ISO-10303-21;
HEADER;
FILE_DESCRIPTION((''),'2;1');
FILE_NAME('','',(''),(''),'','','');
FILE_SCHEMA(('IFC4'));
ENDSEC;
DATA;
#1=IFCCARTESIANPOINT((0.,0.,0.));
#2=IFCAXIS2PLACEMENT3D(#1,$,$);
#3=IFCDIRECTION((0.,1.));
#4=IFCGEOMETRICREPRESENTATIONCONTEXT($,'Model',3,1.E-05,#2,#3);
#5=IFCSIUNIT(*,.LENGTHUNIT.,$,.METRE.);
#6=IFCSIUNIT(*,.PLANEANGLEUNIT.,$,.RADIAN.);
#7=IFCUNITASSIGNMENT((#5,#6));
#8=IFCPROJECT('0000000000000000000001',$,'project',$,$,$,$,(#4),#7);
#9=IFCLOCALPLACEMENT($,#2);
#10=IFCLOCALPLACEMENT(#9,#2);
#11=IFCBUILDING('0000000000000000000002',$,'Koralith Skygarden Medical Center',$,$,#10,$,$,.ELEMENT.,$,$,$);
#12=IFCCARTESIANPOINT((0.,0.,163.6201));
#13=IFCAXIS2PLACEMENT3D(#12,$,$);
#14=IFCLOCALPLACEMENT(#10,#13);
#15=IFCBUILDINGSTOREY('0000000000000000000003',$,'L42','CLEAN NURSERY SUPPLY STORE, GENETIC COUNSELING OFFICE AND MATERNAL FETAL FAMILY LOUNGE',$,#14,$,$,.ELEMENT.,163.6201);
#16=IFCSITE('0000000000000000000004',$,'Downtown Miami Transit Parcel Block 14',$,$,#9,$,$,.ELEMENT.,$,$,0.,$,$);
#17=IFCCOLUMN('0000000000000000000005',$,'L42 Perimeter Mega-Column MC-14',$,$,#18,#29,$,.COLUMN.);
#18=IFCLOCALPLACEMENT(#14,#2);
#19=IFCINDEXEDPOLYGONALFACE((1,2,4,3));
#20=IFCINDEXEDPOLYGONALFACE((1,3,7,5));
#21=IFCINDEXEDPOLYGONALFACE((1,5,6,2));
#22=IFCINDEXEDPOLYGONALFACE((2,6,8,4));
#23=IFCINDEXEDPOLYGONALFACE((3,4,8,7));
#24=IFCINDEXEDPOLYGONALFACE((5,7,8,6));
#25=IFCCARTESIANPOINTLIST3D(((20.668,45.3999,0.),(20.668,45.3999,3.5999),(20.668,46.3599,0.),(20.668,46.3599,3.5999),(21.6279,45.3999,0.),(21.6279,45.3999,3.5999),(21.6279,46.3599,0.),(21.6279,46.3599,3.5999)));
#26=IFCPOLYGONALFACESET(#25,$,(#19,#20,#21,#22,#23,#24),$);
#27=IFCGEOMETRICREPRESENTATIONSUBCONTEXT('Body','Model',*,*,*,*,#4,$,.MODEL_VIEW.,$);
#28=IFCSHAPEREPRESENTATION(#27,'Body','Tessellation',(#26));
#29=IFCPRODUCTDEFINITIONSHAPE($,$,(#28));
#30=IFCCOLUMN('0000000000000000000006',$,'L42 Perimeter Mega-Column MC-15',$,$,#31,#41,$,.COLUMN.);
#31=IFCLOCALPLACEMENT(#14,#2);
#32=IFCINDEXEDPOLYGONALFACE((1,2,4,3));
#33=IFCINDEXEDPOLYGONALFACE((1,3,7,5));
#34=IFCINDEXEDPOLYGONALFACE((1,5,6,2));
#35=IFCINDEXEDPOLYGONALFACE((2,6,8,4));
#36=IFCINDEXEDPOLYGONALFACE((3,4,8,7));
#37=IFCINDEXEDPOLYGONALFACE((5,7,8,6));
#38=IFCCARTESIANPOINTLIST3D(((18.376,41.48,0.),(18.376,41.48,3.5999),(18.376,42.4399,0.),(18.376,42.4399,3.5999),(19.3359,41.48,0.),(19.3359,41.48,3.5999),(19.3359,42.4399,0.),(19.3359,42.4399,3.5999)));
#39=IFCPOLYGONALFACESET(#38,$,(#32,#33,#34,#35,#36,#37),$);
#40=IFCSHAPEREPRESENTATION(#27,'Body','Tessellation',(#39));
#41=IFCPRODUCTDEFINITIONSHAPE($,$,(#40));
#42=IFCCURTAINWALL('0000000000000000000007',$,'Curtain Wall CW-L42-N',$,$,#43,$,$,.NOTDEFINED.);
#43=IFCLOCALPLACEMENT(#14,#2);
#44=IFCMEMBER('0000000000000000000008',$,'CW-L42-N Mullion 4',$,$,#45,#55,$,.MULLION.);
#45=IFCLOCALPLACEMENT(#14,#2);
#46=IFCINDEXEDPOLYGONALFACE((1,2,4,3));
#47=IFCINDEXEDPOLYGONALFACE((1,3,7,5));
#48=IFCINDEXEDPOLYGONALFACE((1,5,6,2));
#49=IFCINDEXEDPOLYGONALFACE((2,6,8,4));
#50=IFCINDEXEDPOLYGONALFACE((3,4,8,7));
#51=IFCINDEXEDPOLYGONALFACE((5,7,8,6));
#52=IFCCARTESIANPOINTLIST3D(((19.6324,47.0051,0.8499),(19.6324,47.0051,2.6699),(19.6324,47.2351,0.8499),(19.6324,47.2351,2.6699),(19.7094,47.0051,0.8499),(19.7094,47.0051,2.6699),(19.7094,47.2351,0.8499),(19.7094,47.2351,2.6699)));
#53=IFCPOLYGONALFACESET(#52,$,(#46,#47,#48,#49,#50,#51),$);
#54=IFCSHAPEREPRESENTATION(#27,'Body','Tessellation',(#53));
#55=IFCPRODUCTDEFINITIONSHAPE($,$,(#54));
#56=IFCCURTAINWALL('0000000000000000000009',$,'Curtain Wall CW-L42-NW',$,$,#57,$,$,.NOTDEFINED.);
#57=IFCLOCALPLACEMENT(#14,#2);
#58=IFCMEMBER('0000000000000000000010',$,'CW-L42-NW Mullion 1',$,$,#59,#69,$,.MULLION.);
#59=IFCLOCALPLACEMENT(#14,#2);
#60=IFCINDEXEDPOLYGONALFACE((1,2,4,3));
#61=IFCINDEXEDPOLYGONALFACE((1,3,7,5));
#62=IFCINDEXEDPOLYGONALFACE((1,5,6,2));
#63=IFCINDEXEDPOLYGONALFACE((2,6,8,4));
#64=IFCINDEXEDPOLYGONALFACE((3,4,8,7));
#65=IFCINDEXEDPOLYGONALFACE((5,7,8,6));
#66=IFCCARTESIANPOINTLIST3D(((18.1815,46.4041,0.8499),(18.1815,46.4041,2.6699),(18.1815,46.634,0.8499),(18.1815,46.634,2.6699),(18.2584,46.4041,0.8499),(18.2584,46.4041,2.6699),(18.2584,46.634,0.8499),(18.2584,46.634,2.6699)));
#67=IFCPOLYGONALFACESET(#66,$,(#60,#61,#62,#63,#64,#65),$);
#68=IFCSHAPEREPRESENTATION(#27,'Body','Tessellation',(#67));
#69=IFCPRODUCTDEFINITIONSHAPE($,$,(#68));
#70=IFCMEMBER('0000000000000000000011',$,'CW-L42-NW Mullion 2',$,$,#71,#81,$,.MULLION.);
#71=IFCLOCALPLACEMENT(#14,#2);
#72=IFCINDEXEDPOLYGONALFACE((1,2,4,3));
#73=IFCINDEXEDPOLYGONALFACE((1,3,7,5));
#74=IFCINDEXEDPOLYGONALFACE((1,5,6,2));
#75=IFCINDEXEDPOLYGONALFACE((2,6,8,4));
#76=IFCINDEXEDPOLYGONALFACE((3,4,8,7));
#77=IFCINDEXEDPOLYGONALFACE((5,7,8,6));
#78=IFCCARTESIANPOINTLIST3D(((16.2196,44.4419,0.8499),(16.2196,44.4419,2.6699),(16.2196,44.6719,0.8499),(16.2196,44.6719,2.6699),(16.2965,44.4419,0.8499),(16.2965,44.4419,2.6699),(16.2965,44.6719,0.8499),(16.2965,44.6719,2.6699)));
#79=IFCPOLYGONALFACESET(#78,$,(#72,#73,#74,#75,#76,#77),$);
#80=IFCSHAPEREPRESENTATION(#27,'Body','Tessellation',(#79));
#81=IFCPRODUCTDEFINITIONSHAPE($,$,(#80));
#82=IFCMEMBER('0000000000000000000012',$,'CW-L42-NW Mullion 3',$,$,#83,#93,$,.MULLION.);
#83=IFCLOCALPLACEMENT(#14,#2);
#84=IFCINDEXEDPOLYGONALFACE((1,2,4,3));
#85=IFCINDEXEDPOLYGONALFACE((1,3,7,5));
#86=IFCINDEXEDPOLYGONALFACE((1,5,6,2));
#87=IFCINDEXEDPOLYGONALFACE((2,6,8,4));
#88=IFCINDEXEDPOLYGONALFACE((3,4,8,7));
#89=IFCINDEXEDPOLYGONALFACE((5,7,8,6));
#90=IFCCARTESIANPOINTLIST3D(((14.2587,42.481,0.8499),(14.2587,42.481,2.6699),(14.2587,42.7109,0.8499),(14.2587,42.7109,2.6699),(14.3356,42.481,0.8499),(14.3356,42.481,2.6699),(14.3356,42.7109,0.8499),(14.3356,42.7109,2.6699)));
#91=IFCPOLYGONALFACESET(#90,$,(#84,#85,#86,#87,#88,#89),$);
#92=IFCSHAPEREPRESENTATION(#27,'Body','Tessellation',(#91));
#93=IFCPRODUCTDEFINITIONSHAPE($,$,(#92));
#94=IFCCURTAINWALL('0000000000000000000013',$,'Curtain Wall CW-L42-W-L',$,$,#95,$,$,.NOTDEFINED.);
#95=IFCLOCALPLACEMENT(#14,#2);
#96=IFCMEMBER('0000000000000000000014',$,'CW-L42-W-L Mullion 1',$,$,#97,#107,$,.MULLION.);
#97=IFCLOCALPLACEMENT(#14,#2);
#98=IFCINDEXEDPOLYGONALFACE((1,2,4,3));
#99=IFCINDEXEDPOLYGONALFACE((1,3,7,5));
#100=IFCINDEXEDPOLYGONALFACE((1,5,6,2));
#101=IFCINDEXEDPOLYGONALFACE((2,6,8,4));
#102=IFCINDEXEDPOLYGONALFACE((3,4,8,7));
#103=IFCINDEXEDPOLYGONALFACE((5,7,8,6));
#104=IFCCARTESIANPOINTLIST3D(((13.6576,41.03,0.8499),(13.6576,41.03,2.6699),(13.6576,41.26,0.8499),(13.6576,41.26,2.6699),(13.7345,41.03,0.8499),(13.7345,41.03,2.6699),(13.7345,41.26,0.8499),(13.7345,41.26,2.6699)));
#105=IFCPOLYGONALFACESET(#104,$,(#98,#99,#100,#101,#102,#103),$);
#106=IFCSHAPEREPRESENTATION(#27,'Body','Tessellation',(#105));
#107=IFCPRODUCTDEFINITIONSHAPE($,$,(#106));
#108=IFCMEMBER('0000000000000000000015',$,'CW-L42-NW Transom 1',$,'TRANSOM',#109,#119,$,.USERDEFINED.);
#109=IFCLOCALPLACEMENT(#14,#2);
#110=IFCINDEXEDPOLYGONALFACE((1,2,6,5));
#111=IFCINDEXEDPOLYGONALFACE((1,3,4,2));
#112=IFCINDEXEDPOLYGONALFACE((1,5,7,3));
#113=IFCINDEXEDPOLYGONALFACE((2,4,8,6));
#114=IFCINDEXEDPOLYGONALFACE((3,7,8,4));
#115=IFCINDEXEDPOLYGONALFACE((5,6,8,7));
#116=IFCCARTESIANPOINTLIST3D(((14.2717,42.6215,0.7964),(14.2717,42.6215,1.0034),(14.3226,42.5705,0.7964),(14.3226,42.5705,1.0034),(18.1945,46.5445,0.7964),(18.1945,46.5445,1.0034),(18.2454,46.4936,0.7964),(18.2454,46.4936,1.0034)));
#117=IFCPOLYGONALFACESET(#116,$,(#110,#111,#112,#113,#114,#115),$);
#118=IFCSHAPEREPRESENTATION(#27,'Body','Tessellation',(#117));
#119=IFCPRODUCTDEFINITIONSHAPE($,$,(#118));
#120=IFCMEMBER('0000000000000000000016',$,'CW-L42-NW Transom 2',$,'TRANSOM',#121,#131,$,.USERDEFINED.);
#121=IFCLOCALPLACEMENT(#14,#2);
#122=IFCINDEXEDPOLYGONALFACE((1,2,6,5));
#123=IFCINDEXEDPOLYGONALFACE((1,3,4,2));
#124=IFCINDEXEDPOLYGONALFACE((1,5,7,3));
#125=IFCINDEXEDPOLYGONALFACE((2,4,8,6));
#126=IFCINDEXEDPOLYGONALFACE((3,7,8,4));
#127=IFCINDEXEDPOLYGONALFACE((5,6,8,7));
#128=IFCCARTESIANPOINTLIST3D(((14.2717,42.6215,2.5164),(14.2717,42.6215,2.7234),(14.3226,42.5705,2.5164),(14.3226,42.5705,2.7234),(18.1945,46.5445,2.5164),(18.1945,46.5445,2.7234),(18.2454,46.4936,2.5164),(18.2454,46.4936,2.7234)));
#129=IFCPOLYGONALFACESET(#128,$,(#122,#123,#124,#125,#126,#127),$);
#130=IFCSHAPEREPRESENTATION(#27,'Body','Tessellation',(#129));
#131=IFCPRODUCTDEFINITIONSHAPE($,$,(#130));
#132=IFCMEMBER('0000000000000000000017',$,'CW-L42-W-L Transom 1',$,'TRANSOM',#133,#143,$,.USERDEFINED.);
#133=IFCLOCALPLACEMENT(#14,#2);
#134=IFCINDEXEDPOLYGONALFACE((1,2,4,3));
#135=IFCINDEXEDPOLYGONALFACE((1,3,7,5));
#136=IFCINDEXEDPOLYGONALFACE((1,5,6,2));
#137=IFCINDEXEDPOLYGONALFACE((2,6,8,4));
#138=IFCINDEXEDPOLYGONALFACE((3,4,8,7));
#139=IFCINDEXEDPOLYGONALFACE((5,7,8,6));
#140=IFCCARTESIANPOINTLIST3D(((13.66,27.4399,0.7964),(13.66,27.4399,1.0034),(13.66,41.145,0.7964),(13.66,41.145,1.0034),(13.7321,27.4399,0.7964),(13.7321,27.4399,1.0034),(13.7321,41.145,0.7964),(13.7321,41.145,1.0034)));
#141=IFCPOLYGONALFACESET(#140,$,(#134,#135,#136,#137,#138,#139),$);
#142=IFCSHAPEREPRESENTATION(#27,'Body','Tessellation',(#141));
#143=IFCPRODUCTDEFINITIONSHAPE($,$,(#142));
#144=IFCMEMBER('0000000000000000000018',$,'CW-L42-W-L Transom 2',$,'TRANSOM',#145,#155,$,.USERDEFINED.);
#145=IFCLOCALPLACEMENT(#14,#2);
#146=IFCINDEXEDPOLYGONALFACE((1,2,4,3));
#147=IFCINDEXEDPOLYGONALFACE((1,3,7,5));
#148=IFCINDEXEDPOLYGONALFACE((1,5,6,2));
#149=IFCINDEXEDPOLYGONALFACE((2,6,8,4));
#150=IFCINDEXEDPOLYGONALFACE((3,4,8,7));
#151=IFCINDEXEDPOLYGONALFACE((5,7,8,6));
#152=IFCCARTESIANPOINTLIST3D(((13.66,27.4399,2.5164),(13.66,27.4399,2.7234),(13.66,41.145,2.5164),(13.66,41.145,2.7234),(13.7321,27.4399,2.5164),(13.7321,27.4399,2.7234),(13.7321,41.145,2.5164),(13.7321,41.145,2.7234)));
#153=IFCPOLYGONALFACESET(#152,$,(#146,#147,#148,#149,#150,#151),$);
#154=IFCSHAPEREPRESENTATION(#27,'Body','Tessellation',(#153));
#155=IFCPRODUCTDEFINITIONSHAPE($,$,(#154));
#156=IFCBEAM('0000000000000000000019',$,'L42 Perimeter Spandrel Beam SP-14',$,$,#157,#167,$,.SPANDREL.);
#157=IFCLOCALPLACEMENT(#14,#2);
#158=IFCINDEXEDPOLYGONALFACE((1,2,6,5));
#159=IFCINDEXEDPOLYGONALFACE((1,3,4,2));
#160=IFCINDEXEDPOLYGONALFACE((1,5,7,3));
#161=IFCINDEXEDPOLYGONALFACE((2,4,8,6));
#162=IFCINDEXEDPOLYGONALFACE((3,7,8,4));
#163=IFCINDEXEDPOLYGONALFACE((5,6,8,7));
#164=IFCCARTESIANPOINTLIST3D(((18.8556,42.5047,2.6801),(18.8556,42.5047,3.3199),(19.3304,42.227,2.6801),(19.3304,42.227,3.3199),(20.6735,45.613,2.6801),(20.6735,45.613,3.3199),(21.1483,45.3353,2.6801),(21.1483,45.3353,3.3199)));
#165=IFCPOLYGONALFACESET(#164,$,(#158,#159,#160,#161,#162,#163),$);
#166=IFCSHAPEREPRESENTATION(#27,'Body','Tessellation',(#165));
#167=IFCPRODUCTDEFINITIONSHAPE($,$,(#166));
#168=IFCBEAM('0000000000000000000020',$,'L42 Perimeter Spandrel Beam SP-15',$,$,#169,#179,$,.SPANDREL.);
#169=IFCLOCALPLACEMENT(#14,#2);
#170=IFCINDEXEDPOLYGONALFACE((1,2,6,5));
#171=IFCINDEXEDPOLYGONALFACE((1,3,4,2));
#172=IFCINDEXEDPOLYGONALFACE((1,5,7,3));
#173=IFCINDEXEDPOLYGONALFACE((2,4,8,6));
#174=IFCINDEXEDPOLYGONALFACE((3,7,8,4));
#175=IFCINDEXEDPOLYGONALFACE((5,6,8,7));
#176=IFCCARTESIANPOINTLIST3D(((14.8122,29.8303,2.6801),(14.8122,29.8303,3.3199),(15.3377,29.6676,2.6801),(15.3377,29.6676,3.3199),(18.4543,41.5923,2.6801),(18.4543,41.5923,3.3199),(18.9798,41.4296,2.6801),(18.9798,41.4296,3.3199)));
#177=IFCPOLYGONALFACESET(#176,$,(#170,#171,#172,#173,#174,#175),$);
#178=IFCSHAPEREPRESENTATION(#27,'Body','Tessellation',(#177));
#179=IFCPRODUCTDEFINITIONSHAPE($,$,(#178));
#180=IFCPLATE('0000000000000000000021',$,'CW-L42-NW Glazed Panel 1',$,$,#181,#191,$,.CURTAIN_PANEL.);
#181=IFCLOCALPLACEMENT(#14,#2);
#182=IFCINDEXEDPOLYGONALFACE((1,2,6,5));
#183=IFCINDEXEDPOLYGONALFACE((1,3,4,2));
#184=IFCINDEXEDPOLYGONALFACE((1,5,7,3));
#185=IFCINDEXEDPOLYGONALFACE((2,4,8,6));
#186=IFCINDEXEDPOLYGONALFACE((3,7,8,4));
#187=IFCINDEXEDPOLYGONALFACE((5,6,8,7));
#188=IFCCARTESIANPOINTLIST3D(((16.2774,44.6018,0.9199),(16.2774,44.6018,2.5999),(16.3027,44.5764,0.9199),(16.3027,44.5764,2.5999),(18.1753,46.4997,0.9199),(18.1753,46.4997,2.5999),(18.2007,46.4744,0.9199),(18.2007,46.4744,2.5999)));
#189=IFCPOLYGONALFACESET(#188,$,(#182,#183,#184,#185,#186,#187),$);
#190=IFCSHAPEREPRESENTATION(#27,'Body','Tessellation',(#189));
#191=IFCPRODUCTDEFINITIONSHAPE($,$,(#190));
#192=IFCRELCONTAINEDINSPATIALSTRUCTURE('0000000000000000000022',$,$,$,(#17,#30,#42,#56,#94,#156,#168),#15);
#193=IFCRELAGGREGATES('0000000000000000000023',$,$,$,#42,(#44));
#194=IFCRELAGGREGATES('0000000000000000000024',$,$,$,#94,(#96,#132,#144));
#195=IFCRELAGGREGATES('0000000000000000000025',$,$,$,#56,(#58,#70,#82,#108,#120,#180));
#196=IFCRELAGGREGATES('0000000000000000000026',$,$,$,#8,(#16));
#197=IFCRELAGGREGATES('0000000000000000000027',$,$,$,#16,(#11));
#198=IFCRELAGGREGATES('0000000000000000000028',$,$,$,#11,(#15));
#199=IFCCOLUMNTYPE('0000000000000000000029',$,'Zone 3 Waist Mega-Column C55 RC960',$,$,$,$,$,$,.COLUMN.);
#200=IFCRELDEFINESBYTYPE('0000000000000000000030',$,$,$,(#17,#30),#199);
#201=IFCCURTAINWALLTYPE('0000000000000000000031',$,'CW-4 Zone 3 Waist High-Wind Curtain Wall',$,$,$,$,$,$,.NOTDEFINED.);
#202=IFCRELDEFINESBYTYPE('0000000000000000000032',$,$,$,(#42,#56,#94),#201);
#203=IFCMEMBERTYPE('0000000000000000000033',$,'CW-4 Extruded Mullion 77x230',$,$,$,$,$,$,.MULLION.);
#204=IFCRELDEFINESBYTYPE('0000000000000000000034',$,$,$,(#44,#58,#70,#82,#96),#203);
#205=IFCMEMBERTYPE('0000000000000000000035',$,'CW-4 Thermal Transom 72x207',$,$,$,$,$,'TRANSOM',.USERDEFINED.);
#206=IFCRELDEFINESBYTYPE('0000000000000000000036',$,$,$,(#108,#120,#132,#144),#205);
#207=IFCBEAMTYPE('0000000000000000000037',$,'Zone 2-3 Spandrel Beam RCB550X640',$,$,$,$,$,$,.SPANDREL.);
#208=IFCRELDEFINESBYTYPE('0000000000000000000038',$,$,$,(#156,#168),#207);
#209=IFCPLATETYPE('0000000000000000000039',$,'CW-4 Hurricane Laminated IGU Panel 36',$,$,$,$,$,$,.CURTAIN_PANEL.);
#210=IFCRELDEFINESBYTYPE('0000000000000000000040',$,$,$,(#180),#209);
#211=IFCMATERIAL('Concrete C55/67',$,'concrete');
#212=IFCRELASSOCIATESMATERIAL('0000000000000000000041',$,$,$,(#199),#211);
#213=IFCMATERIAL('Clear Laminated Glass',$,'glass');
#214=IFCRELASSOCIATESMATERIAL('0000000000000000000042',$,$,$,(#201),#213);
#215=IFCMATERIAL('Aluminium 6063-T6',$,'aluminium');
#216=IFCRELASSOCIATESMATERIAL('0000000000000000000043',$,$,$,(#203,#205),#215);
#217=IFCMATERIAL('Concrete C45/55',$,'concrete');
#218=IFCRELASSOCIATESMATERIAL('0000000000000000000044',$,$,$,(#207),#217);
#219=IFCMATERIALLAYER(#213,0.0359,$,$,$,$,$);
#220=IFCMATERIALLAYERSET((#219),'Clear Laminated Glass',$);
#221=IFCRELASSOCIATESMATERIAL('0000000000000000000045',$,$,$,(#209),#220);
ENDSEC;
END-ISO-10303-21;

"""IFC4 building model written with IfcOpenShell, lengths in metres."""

from ifc_helpers import new_model, si_unit, direction, frame, origin, origin_2d, place, context, subcontext, project, spatial, rectangle, extrude, material, layer, layer_set, material_profile, profile_set, type_object, element, aggregate, save


model = new_model("IFC4")

# Units and contexts
model_context = context("Model", 3, precision=1e-05, world=origin(), true_north=direction((0.0, 1.0)))
body_context = subcontext(model_context, "Body", "Model", "MODEL_VIEW")
ifc_project = project(units=[si_unit("LENGTHUNIT", "METRE"), si_unit("PLANEANGLEUNIT", "RADIAN")], contexts=[model_context])

# Site, building, storey
site_placement = place(None, origin())
site = spatial("IfcSite", under=ifc_project, at=site_placement, Name="Downtown Miami Transit Parcel Block 14", CompositionType="ELEMENT", RefElevation=0.0)
building_placement = place(site_placement, origin())
building = spatial("IfcBuilding", under=site, at=building_placement, Name="Koralith Skygarden Medical Center", CompositionType="ELEMENT")
storey_placement = place(building_placement, frame((0.0, 0.0, 163.6201)))
storey = spatial("IfcBuildingStorey", under=building, at=storey_placement, Name="L42", Description="CLEAN NURSERY SUPPLY STORE, GENETIC COUNSELING OFFICE AND MATERNAL FETAL FAMILY LOUNGE", CompositionType="ELEMENT", Elevation=163.6201)

# Columns
ifc_material_1 = material(Name="Concrete C55/67", Category="concrete")
ifc_material_profile_1 = material_profile(ifc_material_1, rectangle(XDim=0.96, YDim=0.96, at=origin_2d()), Name="RC960X960")
ifc_profile_set_1 = profile_set([ifc_material_profile_1], Name="Concrete C55/67")
column_type = type_object("IfcColumnType", Name="Zone 3 Waist Mega-Column C55 RC960", PredefinedType="COLUMN", material=ifc_profile_set_1)
for number, where, z_axis, x_axis, name in (
    (1, (21.1479, 45.8799, 0.0), (0.0, 0.0, 1.0), (1.0, 0.0, 0.0), "L42 Perimeter Mega-Column MC-14"),
    (2, (18.856, 41.96, 0.0), (0.0, 0.0, 1.0), (1.0, 0.0, 0.0), "L42 Perimeter Mega-Column MC-15"),
):
    element("IfcColumn", number, at=place(storey_placement, frame(where, z_axis=z_axis, x_axis=x_axis)), inside=storey, type_object=column_type, Name=name, PredefinedType="COLUMN", context=body_context, shape_type="SweptSolid", body=[
        extrude(rectangle(XDim=0.96, YDim=0.96, at=origin_2d()), origin(), (0.0, 0.0, 1.0), 3.5999),
    ])

# Curtain wall, member
ifc_material_2 = material(Name="Clear Laminated Glass", Category="glass")
curtain_wall_type = type_object("IfcCurtainWallType", Name="CW-4 Zone 3 Waist High-Wind Curtain Wall", PredefinedType="NOTDEFINED", material=ifc_material_2)
curtain_wall_1_placement = place(storey_placement, origin())
curtain_wall_1 = element("IfcCurtainWall", 3, at=curtain_wall_1_placement, inside=storey, type_object=curtain_wall_type, Name="Curtain Wall CW-L42-N", PredefinedType="NOTDEFINED")
ifc_material_3 = material(Name="Aluminium 6063-T6", Category="aluminium")
ifc_material_profile_2 = material_profile(ifc_material_3, rectangle(XDim=0.0769, YDim=0.23, at=origin_2d()), Name="MUL77X230")
ifc_profile_set_2 = profile_set([ifc_material_profile_2], Name="Aluminium 6063-T6")
member_type_1 = type_object("IfcMemberType", Name="CW-4 Extruded Mullion 77x230", PredefinedType="MULLION", material=ifc_profile_set_2)
member_1_placement = place(storey_placement, frame((19.6709, 47.1201, 0.8499), z_axis=(0.0, 0.0, 1.0), x_axis=(1.0, 0.0, 0.0)))
member_1 = element("IfcMember", 4, at=member_1_placement, type_object=member_type_1, Name="CW-L42-N Mullion 4", PredefinedType="MULLION", context=body_context, shape_type="SweptSolid", body=[
    extrude(rectangle(XDim=0.0769, YDim=0.23, at=origin_2d()), origin(), (0.0, 0.0, 1.0), 1.8201),
])
aggregate(curtain_wall_1, [member_1])

# Curtain wall, members
curtain_wall_2_placement = place(storey_placement, origin())
curtain_wall_2 = element("IfcCurtainWall", 5, at=curtain_wall_2_placement, inside=storey, type_object=curtain_wall_type, Name="Curtain Wall CW-L42-NW", PredefinedType="NOTDEFINED")
member_2_placement = place(storey_placement, frame((18.22, 46.519, 0.8499), z_axis=(0.0, 0.0, 1.0), x_axis=(1.0, 0.0, 0.0)))
member_2 = element("IfcMember", 6, at=member_2_placement, type_object=member_type_1, Name="CW-L42-NW Mullion 1", PredefinedType="MULLION", context=body_context, shape_type="SweptSolid", body=[
    extrude(rectangle(XDim=0.0769, YDim=0.23, at=origin_2d()), origin(), (0.0, 0.0, 1.0), 1.8201),
])
member_3_placement = place(storey_placement, frame((16.2581, 44.5569, 0.8499), z_axis=(0.0, 0.0, 1.0), x_axis=(1.0, 0.0, 0.0)))
member_3 = element("IfcMember", 7, at=member_3_placement, type_object=member_type_1, Name="CW-L42-NW Mullion 2", PredefinedType="MULLION", context=body_context, shape_type="SweptSolid", body=[
    extrude(rectangle(XDim=0.0769, YDim=0.23, at=origin_2d()), origin(), (0.0, 0.0, 1.0), 1.8201),
])
member_4_placement = place(storey_placement, frame((14.2971, 42.5959, 0.8499), z_axis=(0.0, 0.0, 1.0), x_axis=(1.0, 0.0, 0.0)))
member_4 = element("IfcMember", 8, at=member_4_placement, type_object=member_type_1, Name="CW-L42-NW Mullion 3", PredefinedType="MULLION", context=body_context, shape_type="SweptSolid", body=[
    extrude(rectangle(XDim=0.0769, YDim=0.23, at=origin_2d()), origin(), (0.0, 0.0, 1.0), 1.8201),
])

# Curtain wall, member
curtain_wall_3_placement = place(storey_placement, origin())
curtain_wall_3 = element("IfcCurtainWall", 9, at=curtain_wall_3_placement, inside=storey, type_object=curtain_wall_type, Name="Curtain Wall CW-L42-W-L", PredefinedType="NOTDEFINED")
member_5_placement = place(storey_placement, frame((13.696, 41.145, 0.8499), z_axis=(0.0, 0.0, 1.0), x_axis=(1.0, 0.0, 0.0)))
member_5 = element("IfcMember", 10, at=member_5_placement, type_object=member_type_1, Name="CW-L42-W-L Mullion 1", PredefinedType="MULLION", context=body_context, shape_type="SweptSolid", body=[
    extrude(rectangle(XDim=0.0769, YDim=0.23, at=origin_2d()), origin(), (0.0, 0.0, 1.0), 1.8201),
])

# Members
ifc_material_profile_3 = material_profile(ifc_material_3, rectangle(XDim=0.072, YDim=0.207, at=origin_2d()), Name="TRN72X207")
ifc_profile_set_3 = profile_set([ifc_material_profile_3], Name="Aluminium 6063-T6")
member_type_2 = type_object("IfcMemberType", Name="CW-4 Thermal Transom 72x207", ElementType="TRANSOM", PredefinedType="USERDEFINED", material=ifc_profile_set_3)
member_6_placement = place(storey_placement, frame((18.22, 46.519, 0.8999), z_axis=(-0.707085, -0.707129, 0.0), x_axis=(0.707129, -0.707085, 0.0)))
member_6 = element("IfcMember", 11, at=member_6_placement, type_object=member_type_2, Name="CW-L42-NW Transom 1", ObjectType="TRANSOM", PredefinedType="USERDEFINED", context=body_context, shape_type="SweptSolid", body=[
    extrude(rectangle(XDim=0.072, YDim=0.207, at=origin_2d()), origin(), (0.0, 0.0, 1.0), 5.5479),
])
member_7_placement = place(storey_placement, frame((18.22, 46.519, 2.6199), z_axis=(-0.707085, -0.707129, 0.0), x_axis=(0.707129, -0.707085, 0.0)))
member_7 = element("IfcMember", 12, at=member_7_placement, type_object=member_type_2, Name="CW-L42-NW Transom 2", ObjectType="TRANSOM", PredefinedType="USERDEFINED", context=body_context, shape_type="SweptSolid", body=[
    extrude(rectangle(XDim=0.072, YDim=0.207, at=origin_2d()), origin(), (0.0, 0.0, 1.0), 5.5479),
])
member_8_placement = place(storey_placement, frame((13.696, 41.145, 0.8999), z_axis=(0.0, -1.0, 0.0), x_axis=(1.0, 0.0, 0.0)))
member_8 = element("IfcMember", 13, at=member_8_placement, type_object=member_type_2, Name="CW-L42-W-L Transom 1", ObjectType="TRANSOM", PredefinedType="USERDEFINED", context=body_context, shape_type="SweptSolid", body=[
    extrude(rectangle(XDim=0.072, YDim=0.207, at=origin_2d()), origin(), (0.0, 0.0, 1.0), 13.7051),
])
member_9_placement = place(storey_placement, frame((13.696, 41.145, 2.6199), z_axis=(0.0, -1.0, 0.0), x_axis=(1.0, 0.0, 0.0)))
member_9 = element("IfcMember", 14, at=member_9_placement, type_object=member_type_2, Name="CW-L42-W-L Transom 2", ObjectType="TRANSOM", PredefinedType="USERDEFINED", context=body_context, shape_type="SweptSolid", body=[
    extrude(rectangle(XDim=0.072, YDim=0.207, at=origin_2d()), origin(), (0.0, 0.0, 1.0), 13.7051),
])
aggregate(curtain_wall_3, [member_5, member_8, member_9])

# Beams
ifc_material_4 = material(Name="Concrete C45/55", Category="concrete")
ifc_material_profile_4 = material_profile(ifc_material_4, rectangle(XDim=0.55, YDim=0.6399, at=origin_2d()), Name="RCB550X640")
ifc_profile_set_4 = profile_set([ifc_material_profile_4], Name="Concrete C45/55")
beam_type = type_object("IfcBeamType", Name="Zone 2-3 Spandrel Beam RCB550X640", PredefinedType="SPANDREL", material=ifc_profile_set_4)
beam_1_placement = place(storey_placement, frame((20.9109, 45.4741, 3.0), z_axis=(-0.504861, -0.8632, 0.0), x_axis=(0.8632, -0.504861, 0.0)))
element("IfcBeam", 15, at=beam_1_placement, inside=storey, type_object=beam_type, Name="L42 Perimeter Spandrel Beam SP-14", PredefinedType="SPANDREL", context=body_context, shape_type="SweptSolid", body=[
    extrude(rectangle(XDim=0.55, YDim=0.6399, at=origin_2d()), origin(), (0.0, 0.0, 1.0), 3.6008),
])
beam_2_placement = place(storey_placement, frame((18.717, 41.511, 3.0), z_axis=(-0.295794, -0.955252, 0.0), x_axis=(0.955252, -0.295794, 0.0)))
element("IfcBeam", 16, at=beam_2_placement, inside=storey, type_object=beam_type, Name="L42 Perimeter Spandrel Beam SP-15", PredefinedType="SPANDREL", context=body_context, shape_type="SweptSolid", body=[
    extrude(rectangle(XDim=0.55, YDim=0.6399, at=origin_2d()), origin(), (0.0, 0.0, 1.0), 12.313),
])

# Plate
ifc_layer_1 = layer(ifc_material_2, 0.0359)
ifc_layer_set_1 = layer_set([ifc_layer_1], Name="Clear Laminated Glass")
plate_type_1 = type_object("IfcPlateType", Name="CW-4 Hurricane Laminated IGU Panel 36", PredefinedType="CURTAIN_PANEL", material=ifc_layer_set_1)
plate_1_placement = place(storey_placement, frame((17.239, 45.5381, 0.9199), z_axis=(0.0, 0.0, 1.0), x_axis=(-0.707107, -0.707107, 0.0)))
plate_1 = element("IfcPlate", 17, at=plate_1_placement, type_object=plate_type_1, Name="CW-L42-NW Glazed Panel 1", PredefinedType="CURTAIN_PANEL", context=body_context, shape_type="SweptSolid", body=[
    extrude(rectangle(XDim=2.6841, YDim=0.0359, at=origin_2d()), origin(), (0.0, 0.0, 1.0), 1.6799),
])
aggregate(curtain_wall_2, [member_2, member_3, member_4, member_6, member_7, plate_1])

save(model, "model.ifc")
